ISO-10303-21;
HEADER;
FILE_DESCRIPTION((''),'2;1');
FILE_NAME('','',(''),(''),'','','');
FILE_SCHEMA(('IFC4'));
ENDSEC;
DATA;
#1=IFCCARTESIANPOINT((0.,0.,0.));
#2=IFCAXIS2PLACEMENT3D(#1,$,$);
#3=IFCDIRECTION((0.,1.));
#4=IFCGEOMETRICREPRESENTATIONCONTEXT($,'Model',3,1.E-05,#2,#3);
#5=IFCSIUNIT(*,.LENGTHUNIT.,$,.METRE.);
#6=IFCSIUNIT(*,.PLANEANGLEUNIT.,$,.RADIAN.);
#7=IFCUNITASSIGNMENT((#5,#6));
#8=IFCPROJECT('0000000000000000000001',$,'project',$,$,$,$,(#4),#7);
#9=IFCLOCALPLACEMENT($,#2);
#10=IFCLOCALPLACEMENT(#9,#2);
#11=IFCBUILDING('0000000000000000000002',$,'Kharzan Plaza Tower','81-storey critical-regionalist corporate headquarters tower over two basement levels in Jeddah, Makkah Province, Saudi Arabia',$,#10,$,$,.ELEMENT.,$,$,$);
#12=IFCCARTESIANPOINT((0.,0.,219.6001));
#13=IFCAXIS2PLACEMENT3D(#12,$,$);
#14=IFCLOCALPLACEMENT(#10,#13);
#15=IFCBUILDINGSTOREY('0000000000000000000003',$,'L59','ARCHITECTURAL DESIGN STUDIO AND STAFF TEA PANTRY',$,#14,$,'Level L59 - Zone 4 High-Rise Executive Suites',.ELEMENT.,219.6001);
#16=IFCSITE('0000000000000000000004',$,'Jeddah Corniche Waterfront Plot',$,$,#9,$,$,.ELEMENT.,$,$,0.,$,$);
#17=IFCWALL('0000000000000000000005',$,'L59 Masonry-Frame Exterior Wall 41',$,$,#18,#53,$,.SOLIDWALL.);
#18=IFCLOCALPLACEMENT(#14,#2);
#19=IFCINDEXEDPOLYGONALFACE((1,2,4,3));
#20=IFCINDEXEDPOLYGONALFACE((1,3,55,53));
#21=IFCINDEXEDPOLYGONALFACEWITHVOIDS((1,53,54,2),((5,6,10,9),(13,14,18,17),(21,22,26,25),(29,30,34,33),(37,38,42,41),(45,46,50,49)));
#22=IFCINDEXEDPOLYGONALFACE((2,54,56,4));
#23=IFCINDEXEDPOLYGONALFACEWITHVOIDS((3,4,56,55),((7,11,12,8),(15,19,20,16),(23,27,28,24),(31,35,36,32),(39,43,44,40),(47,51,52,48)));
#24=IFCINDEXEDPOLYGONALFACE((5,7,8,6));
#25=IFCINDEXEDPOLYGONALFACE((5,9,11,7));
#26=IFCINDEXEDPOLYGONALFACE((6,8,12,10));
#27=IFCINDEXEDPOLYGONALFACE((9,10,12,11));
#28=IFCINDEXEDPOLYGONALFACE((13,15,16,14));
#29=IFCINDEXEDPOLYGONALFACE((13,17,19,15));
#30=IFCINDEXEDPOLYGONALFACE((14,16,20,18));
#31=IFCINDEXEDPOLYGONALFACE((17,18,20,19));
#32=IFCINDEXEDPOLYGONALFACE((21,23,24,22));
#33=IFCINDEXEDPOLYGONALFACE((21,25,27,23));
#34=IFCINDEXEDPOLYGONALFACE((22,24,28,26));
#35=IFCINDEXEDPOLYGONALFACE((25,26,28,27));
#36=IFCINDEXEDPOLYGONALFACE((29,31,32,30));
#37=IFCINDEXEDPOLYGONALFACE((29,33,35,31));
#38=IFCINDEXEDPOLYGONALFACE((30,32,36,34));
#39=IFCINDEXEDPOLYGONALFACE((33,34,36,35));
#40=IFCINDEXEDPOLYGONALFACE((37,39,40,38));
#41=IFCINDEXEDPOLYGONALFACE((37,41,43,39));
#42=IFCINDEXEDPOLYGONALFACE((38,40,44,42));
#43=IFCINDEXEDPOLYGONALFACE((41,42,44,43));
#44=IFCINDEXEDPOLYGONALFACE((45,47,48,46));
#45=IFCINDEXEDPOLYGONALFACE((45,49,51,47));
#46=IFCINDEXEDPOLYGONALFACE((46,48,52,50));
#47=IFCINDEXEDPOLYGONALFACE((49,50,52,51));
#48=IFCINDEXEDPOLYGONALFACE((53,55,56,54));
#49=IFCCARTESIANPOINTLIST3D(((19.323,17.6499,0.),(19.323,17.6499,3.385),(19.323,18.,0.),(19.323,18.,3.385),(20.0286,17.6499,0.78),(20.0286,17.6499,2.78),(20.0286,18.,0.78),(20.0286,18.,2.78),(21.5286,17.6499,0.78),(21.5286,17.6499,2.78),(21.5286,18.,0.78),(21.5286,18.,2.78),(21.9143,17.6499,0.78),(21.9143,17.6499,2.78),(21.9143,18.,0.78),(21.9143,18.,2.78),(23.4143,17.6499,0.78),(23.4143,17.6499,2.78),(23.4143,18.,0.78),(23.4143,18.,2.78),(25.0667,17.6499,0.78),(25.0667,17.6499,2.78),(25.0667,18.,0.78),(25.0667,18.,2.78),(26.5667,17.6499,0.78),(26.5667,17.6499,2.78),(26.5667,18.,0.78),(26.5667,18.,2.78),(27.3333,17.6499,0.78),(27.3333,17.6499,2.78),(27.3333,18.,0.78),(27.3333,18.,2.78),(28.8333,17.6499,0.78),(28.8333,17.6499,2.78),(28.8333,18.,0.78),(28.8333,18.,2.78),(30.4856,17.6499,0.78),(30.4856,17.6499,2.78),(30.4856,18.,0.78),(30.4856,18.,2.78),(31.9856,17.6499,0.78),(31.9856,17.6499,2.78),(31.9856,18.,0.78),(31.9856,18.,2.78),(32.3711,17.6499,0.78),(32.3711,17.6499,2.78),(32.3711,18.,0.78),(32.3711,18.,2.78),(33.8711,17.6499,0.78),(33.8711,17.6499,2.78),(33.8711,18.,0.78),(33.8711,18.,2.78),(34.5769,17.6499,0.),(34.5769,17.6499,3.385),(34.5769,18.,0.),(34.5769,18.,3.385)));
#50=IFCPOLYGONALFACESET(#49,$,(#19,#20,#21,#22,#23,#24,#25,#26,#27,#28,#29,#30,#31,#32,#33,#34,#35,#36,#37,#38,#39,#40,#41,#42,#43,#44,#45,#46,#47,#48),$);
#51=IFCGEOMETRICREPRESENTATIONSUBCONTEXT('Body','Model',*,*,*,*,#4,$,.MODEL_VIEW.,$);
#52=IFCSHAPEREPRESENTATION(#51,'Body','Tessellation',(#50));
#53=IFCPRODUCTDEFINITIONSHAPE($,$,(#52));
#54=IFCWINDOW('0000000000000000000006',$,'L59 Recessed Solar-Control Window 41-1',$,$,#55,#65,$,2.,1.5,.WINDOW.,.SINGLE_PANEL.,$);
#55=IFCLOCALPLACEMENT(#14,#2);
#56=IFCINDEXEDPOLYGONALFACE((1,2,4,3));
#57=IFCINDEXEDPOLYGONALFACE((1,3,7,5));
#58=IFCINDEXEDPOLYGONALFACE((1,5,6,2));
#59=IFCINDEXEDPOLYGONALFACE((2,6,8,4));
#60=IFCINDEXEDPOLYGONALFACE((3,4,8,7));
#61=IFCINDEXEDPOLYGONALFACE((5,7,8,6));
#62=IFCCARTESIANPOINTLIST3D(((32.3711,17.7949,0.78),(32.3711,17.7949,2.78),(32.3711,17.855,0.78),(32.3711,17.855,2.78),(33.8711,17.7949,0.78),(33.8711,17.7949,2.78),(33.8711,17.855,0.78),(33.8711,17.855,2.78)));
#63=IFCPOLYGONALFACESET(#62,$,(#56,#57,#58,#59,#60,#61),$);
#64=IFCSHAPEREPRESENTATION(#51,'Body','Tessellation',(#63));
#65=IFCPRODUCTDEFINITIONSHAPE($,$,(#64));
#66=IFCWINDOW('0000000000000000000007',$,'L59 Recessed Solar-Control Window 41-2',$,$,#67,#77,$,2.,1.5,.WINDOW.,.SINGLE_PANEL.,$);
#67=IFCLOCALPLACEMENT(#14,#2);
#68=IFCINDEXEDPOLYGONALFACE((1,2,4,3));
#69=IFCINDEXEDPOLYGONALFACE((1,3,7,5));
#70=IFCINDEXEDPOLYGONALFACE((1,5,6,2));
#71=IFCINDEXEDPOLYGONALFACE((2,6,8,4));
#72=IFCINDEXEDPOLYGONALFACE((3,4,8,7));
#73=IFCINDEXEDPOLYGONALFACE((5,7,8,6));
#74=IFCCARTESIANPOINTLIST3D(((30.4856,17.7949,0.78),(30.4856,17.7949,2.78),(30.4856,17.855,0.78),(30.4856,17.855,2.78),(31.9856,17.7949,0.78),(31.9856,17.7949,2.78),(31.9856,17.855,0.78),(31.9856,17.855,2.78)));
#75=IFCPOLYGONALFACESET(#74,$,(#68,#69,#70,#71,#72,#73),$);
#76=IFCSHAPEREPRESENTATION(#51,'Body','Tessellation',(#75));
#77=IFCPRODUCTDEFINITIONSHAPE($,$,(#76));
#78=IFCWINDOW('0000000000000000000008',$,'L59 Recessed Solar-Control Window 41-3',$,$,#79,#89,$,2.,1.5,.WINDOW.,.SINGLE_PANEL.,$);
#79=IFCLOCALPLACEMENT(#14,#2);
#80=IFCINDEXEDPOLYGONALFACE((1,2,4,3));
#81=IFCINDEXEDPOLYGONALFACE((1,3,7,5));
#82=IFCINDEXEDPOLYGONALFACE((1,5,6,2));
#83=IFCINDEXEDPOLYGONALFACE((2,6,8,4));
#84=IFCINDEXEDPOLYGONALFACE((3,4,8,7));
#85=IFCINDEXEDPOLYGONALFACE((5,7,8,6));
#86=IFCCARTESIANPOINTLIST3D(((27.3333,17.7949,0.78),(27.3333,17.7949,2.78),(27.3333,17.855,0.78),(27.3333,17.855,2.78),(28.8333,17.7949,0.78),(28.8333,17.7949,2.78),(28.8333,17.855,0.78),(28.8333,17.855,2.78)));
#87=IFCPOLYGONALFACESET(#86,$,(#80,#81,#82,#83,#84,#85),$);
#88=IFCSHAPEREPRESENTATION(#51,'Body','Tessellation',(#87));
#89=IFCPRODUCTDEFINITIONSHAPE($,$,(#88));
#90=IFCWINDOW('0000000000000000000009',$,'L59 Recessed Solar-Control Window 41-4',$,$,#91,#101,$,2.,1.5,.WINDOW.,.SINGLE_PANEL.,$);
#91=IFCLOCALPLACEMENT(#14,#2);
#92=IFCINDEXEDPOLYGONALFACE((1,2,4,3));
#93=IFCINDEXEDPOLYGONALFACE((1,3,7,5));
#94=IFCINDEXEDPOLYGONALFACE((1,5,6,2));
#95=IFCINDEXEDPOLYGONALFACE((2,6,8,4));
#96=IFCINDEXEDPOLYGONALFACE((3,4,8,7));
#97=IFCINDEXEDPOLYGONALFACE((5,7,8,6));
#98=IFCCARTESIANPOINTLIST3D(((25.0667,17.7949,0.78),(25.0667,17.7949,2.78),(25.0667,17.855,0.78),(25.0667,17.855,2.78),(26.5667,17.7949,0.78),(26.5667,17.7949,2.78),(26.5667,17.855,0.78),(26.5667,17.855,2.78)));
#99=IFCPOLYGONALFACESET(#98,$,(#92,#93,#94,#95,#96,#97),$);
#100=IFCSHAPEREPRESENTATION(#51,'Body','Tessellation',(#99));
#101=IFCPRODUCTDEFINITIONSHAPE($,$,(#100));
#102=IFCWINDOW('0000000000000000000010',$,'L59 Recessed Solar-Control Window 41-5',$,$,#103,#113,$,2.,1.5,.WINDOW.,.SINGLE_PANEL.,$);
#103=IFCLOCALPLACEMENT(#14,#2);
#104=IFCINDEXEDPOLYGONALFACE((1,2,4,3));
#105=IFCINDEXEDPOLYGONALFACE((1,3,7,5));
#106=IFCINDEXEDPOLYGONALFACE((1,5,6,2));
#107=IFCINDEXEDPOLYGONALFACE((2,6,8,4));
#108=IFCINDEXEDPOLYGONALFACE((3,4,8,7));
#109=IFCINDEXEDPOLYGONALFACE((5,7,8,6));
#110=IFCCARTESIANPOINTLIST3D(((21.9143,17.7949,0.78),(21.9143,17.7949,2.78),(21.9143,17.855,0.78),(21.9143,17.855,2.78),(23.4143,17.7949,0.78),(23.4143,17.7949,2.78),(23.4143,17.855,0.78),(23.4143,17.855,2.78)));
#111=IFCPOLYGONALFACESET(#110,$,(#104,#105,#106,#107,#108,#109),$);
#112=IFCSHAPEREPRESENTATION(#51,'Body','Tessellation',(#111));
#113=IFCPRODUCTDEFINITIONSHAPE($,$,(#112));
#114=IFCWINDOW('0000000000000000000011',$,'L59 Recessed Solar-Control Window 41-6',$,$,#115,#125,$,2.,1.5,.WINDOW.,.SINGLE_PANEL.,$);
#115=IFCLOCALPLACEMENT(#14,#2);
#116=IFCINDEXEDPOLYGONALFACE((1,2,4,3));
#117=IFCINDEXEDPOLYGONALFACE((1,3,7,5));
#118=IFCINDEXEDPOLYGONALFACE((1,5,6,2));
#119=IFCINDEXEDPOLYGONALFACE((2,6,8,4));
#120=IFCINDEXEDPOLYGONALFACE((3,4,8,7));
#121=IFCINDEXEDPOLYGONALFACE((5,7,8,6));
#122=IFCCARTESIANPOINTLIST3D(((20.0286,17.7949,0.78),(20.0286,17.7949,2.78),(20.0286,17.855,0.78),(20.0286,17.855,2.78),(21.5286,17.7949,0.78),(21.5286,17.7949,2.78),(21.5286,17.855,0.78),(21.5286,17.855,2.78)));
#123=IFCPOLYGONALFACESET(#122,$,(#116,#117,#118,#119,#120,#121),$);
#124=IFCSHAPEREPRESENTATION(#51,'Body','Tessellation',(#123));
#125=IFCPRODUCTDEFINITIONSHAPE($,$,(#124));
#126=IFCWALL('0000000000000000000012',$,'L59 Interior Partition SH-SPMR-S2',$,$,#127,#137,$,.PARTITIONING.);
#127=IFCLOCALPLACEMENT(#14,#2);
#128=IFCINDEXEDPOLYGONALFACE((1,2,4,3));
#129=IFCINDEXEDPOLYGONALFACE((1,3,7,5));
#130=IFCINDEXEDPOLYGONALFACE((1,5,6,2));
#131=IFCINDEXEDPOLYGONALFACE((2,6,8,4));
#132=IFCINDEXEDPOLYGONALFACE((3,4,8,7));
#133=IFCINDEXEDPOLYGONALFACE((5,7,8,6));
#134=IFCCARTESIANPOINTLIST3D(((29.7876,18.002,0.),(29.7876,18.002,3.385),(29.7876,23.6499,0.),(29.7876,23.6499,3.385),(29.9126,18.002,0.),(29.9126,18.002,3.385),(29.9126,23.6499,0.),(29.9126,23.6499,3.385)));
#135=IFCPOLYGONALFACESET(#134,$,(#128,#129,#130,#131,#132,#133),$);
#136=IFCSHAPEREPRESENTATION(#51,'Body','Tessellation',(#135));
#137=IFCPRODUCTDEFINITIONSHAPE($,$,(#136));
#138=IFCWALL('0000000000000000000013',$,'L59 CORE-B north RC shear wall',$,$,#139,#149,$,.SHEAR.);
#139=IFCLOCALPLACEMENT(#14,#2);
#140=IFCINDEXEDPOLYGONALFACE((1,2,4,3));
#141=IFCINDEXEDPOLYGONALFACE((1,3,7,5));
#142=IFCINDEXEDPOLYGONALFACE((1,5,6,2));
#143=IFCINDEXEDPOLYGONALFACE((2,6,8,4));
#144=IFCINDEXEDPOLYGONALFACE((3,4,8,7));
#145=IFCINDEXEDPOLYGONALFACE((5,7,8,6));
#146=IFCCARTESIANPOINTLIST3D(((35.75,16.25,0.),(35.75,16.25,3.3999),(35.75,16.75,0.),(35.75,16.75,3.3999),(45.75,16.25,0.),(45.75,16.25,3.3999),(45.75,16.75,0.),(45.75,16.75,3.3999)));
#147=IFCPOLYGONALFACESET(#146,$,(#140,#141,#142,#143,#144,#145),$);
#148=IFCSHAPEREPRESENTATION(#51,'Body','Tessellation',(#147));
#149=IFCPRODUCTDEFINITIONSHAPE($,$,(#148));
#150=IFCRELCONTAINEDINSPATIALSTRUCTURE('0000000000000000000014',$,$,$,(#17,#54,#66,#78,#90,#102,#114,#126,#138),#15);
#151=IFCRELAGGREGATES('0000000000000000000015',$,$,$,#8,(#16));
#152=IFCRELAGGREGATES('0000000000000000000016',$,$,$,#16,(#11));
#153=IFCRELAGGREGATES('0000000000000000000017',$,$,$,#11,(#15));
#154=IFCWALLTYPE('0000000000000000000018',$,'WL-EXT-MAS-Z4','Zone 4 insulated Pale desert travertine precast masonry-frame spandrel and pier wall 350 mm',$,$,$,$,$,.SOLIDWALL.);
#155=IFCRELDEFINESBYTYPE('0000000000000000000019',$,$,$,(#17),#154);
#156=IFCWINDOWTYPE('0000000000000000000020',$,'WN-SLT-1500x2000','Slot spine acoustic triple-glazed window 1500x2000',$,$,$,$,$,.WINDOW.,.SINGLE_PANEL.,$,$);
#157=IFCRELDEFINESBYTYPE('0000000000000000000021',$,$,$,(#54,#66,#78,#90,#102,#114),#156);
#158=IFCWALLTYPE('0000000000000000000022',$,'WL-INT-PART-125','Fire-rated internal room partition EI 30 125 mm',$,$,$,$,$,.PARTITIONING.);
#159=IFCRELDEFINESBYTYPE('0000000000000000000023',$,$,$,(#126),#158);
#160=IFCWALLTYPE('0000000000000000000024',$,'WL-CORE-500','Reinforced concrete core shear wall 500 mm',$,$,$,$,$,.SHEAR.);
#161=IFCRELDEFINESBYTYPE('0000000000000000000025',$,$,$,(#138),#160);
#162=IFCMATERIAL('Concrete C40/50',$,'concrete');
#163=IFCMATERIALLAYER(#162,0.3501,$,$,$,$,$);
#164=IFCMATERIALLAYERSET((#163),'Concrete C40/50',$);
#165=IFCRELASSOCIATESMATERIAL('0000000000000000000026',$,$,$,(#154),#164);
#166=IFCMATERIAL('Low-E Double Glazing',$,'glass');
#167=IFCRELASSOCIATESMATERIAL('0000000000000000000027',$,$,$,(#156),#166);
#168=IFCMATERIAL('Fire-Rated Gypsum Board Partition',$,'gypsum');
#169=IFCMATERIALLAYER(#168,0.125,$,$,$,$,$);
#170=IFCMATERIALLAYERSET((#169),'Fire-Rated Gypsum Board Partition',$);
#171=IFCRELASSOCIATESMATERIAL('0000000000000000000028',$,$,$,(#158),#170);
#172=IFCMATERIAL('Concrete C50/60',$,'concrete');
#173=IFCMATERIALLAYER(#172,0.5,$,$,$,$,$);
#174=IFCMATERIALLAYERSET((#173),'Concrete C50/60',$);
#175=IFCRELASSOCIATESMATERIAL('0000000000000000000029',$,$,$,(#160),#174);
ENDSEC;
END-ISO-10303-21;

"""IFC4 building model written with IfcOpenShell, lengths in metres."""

from ifc_helpers import new_model, si_unit, direction, frame, frame_2d, origin, place, context, subcontext, project, spatial, rectangle, extrude, source, transform, mapped, material, layer, layer_set, type_object, element, fill, save


model = new_model("IFC4")

# Units and contexts
model_context = context("Model", 3, precision=1e-05, world=origin(), true_north=direction((0.0, 1.0)))
body_context = subcontext(model_context, "Body", "Model", "MODEL_VIEW")
ifc_project = project(units=[si_unit("LENGTHUNIT", "METRE"), si_unit("PLANEANGLEUNIT", "RADIAN")], contexts=[model_context])

# Site, building, storey
site_placement = place(None, origin())
site = spatial("IfcSite", under=ifc_project, at=site_placement, Name="Jeddah Corniche Waterfront Plot", CompositionType="ELEMENT", RefElevation=0.0)
building_placement = place(site_placement, origin())
building = spatial("IfcBuilding", under=site, at=building_placement, Name="Kharzan Plaza Tower", Description="81-storey critical-regionalist corporate headquarters tower over two basement levels in Jeddah, Makkah Province, Saudi Arabia", CompositionType="ELEMENT")
storey_placement = place(building_placement, frame((0.0, 0.0, 219.6001)))
storey = spatial("IfcBuildingStorey", under=building, at=storey_placement, Name="L59", Description="ARCHITECTURAL DESIGN STUDIO AND STAFF TEA PANTRY", LongName="Level L59 - Zone 4 High-Rise Executive Suites", CompositionType="ELEMENT", Elevation=219.6001)

# Shared definitions
ifc_material_1 = material(Name="Concrete C50/60", Category="concrete")

# Wall, openings, windows
ifc_material_2 = material(Name="Concrete C40/50", Category="concrete")
ifc_layer_1 = layer(ifc_material_2, 0.3501)
ifc_layer_set_1 = layer_set([ifc_layer_1], Name="Concrete C40/50")
wall_type_1 = type_object("IfcWallType", Name="WL-EXT-MAS-Z4", Description="Zone 4 insulated Pale desert travertine precast masonry-frame spandrel and pier wall 350 mm", PredefinedType="SOLIDWALL", material=ifc_layer_set_1)
wall_1_placement = place(storey_placement, frame((34.5769, 17.825, 0.0), z_axis=(0.0, 0.0, 1.0), x_axis=(-1.0, 0.0, 0.0)))
wall_1 = element("IfcWall", 1, at=wall_1_placement, inside=storey, type_object=wall_type_1, Name="L59 Masonry-Frame Exterior Wall 41", PredefinedType="SOLIDWALL", context=body_context, shape_type="SweptSolid", body=[
    extrude(rectangle(XDim=15.2539, YDim=0.3501, at=frame_2d((7.627, 0.0))), origin(), (0.0, 0.0, 1.0), 3.385),
])
opening_1_placement = place(wall_1_placement, frame((0.7058, 0.0, 0.78)))
opening_1 = element("IfcOpeningElement", 2, at=opening_1_placement, cuts=wall_1, PredefinedType="OPENING", context=body_context, shape_type="SweptSolid", body=[
    extrude(rectangle(XDim=1.5, YDim=2.0, at=frame_2d((0.75, 1.0))), frame((0.0, 0.1851, 0.0), z_axis=(0.0, -1.0, 0.0), x_axis=(1.0, 0.0, 0.0)), (0.0, 0.0, 1.0), 0.3701),
])
opening_2_placement = place(wall_1_placement, frame((2.5913, 0.0, 0.78)))
opening_2 = element("IfcOpeningElement", 3, at=opening_2_placement, cuts=wall_1, PredefinedType="OPENING", context=body_context, shape_type="SweptSolid", body=[
    extrude(rectangle(XDim=1.5, YDim=2.0, at=frame_2d((0.75, 1.0))), frame((0.0, 0.1851, 0.0), z_axis=(0.0, -1.0, 0.0), x_axis=(1.0, 0.0, 0.0)), (0.0, 0.0, 1.0), 0.3701),
])
opening_3_placement = place(wall_1_placement, frame((5.7437, 0.0, 0.78)))
opening_3 = element("IfcOpeningElement", 4, at=opening_3_placement, cuts=wall_1, PredefinedType="OPENING", context=body_context, shape_type="SweptSolid", body=[
    extrude(rectangle(XDim=1.5, YDim=2.0, at=frame_2d((0.75, 1.0))), frame((0.0, 0.1851, 0.0), z_axis=(0.0, -1.0, 0.0), x_axis=(1.0, 0.0, 0.0)), (0.0, 0.0, 1.0), 0.3701),
])
opening_4_placement = place(wall_1_placement, frame((8.0103, 0.0, 0.78)))
opening_4 = element("IfcOpeningElement", 5, at=opening_4_placement, cuts=wall_1, PredefinedType="OPENING", context=body_context, shape_type="SweptSolid", body=[
    extrude(rectangle(XDim=1.5, YDim=2.0, at=frame_2d((0.75, 1.0))), frame((0.0, 0.1851, 0.0), z_axis=(0.0, -1.0, 0.0), x_axis=(1.0, 0.0, 0.0)), (0.0, 0.0, 1.0), 0.3701),
])
opening_5_placement = place(wall_1_placement, frame((11.1626, 0.0, 0.78)))
opening_5 = element("IfcOpeningElement", 6, at=opening_5_placement, cuts=wall_1, PredefinedType="OPENING", context=body_context, shape_type="SweptSolid", body=[
    extrude(rectangle(XDim=1.5, YDim=2.0, at=frame_2d((0.75, 1.0))), frame((0.0, 0.1851, 0.0), z_axis=(0.0, -1.0, 0.0), x_axis=(1.0, 0.0, 0.0)), (0.0, 0.0, 1.0), 0.3701),
])
opening_6_placement = place(wall_1_placement, frame((13.0483, 0.0, 0.78)))
opening_6 = element("IfcOpeningElement", 7, at=opening_6_placement, cuts=wall_1, PredefinedType="OPENING", context=body_context, shape_type="SweptSolid", body=[
    extrude(rectangle(XDim=1.5, YDim=2.0, at=frame_2d((0.75, 1.0))), frame((0.0, 0.1851, 0.0), z_axis=(0.0, -1.0, 0.0), x_axis=(1.0, 0.0, 0.0)), (0.0, 0.0, 1.0), 0.3701),
])
ifc_material_3 = material(Name="Low-E Double Glazing", Category="glass")
window_type = type_object("IfcWindowType", Name="WN-SLT-1500x2000", Description="Slot spine acoustic triple-glazed window 1500x2000", PartitioningType="SINGLE_PANEL", PredefinedType="WINDOW", material=ifc_material_3)
shared_shape_1 = source(origin(), body_context, "Body", "SweptSolid", [
    extrude(rectangle(XDim=1.5, YDim=2.0, at=frame_2d((0.75, 1.0))), frame((0.0, 0.03, 0.0), z_axis=(0.0, -1.0, 0.0), x_axis=(1.0, 0.0, 0.0)), (0.0, 0.0, 1.0), 0.0601),
])
window_1_placement = place(opening_1_placement, origin())
window_1 = element("IfcWindow", 8, at=window_1_placement, inside=storey, type_object=window_type, Name="L59 Recessed Solar-Control Window 41-1", OverallHeight=2.0, OverallWidth=1.5, PartitioningType="SINGLE_PANEL", PredefinedType="WINDOW", context=body_context, shape_type="MappedRepresentation", body=[
    mapped(shared_shape_1, transform((0.0, 0.0, 0.0), x_axis=(1.0, 0.0, 0.0), y_axis=(0.0, 1.0, 0.0), z_axis=(0.0, 0.0, 1.0))),
])
fill(opening_1, window_1)
window_2_placement = place(opening_2_placement, origin())
window_2 = element("IfcWindow", 9, at=window_2_placement, inside=storey, type_object=window_type, Name="L59 Recessed Solar-Control Window 41-2", OverallHeight=2.0, OverallWidth=1.5, PartitioningType="SINGLE_PANEL", PredefinedType="WINDOW", context=body_context, shape_type="MappedRepresentation", body=[
    mapped(shared_shape_1, transform((0.0, 0.0, 0.0), x_axis=(1.0, 0.0, 0.0), y_axis=(0.0, 1.0, 0.0), z_axis=(0.0, 0.0, 1.0))),
])
fill(opening_2, window_2)
window_3_placement = place(opening_3_placement, origin())
window_3 = element("IfcWindow", 10, at=window_3_placement, inside=storey, type_object=window_type, Name="L59 Recessed Solar-Control Window 41-3", OverallHeight=2.0, OverallWidth=1.5, PartitioningType="SINGLE_PANEL", PredefinedType="WINDOW", context=body_context, shape_type="MappedRepresentation", body=[
    mapped(shared_shape_1, transform((0.0, 0.0, 0.0), x_axis=(1.0, 0.0, 0.0), y_axis=(0.0, 1.0, 0.0), z_axis=(0.0, 0.0, 1.0))),
])
fill(opening_3, window_3)
window_4_placement = place(opening_4_placement, origin())
window_4 = element("IfcWindow", 11, at=window_4_placement, inside=storey, type_object=window_type, Name="L59 Recessed Solar-Control Window 41-4", OverallHeight=2.0, OverallWidth=1.5, PartitioningType="SINGLE_PANEL", PredefinedType="WINDOW", context=body_context, shape_type="MappedRepresentation", body=[
    mapped(shared_shape_1, transform((0.0, 0.0, 0.0), x_axis=(1.0, 0.0, 0.0), y_axis=(0.0, 1.0, 0.0), z_axis=(0.0, 0.0, 1.0))),
])
fill(opening_4, window_4)
window_5_placement = place(opening_5_placement, origin())
window_5 = element("IfcWindow", 12, at=window_5_placement, inside=storey, type_object=window_type, Name="L59 Recessed Solar-Control Window 41-5", OverallHeight=2.0, OverallWidth=1.5, PartitioningType="SINGLE_PANEL", PredefinedType="WINDOW", context=body_context, shape_type="MappedRepresentation", body=[
    mapped(shared_shape_1, transform((0.0, 0.0, 0.0), x_axis=(1.0, 0.0, 0.0), y_axis=(0.0, 1.0, 0.0), z_axis=(0.0, 0.0, 1.0))),
])
fill(opening_5, window_5)
window_6_placement = place(opening_6_placement, origin())
window_6 = element("IfcWindow", 13, at=window_6_placement, inside=storey, type_object=window_type, Name="L59 Recessed Solar-Control Window 41-6", OverallHeight=2.0, OverallWidth=1.5, PartitioningType="SINGLE_PANEL", PredefinedType="WINDOW", context=body_context, shape_type="MappedRepresentation", body=[
    mapped(shared_shape_1, transform((0.0, 0.0, 0.0), x_axis=(1.0, 0.0, 0.0), y_axis=(0.0, 1.0, 0.0), z_axis=(0.0, 0.0, 1.0))),
])
fill(opening_6, window_6)

# Walls
ifc_material_4 = material(Name="Fire-Rated Gypsum Board Partition", Category="gypsum")
ifc_layer_2 = layer(ifc_material_4, 0.125)
ifc_layer_set_2 = layer_set([ifc_layer_2], Name="Fire-Rated Gypsum Board Partition")
wall_type_2 = type_object("IfcWallType", Name="WL-INT-PART-125", Description="Fire-rated internal room partition EI 30 125 mm", PredefinedType="PARTITIONING", material=ifc_layer_set_2)
shared_shape_2 = source(origin(), body_context, "Body", "SweptSolid", [
    extrude(rectangle(XDim=5.6479, YDim=0.125, at=frame_2d((2.824, 0.0))), origin(), (0.0, 0.0, 1.0), 3.385),
])
wall_2_placement = place(storey_placement, frame((29.8501, 18.002, 0.0), z_axis=(0.0, 0.0, 1.0), x_axis=(0.0, 1.0, 0.0)))
element("IfcWall", 14, at=wall_2_placement, inside=storey, type_object=wall_type_2, Name="L59 Interior Partition SH-SPMR-S2", PredefinedType="PARTITIONING", context=body_context, shape_type="MappedRepresentation", body=[
    mapped(shared_shape_2, transform((0.0, 0.0, 0.0), x_axis=(1.0, 0.0, 0.0), y_axis=(0.0, 1.0, 0.0), z_axis=(0.0, 0.0, 1.0))),
])
ifc_layer_3 = layer(ifc_material_1, 0.5)
ifc_layer_set_3 = layer_set([ifc_layer_3], Name="Concrete C50/60")
wall_type_3 = type_object("IfcWallType", Name="WL-CORE-500", Description="Reinforced concrete core shear wall 500 mm", PredefinedType="SHEAR", material=ifc_layer_set_3)
shared_shape_3 = source(origin(), body_context, "Body", "SweptSolid", [
    extrude(rectangle(XDim=10.0, YDim=0.5, at=frame_2d((5.0, 0.0))), origin(), (0.0, 0.0, 1.0), 3.3999),
])
wall_3_placement = place(storey_placement, frame((35.75, 16.5, 0.0), z_axis=(0.0, 0.0, 1.0), x_axis=(1.0, 0.0, 0.0)))
element("IfcWall", 15, at=wall_3_placement, inside=storey, type_object=wall_type_3, Name="L59 CORE-B north RC shear wall", PredefinedType="SHEAR", context=body_context, shape_type="MappedRepresentation", body=[
    mapped(shared_shape_3, transform((0.0, 0.0, 0.0), x_axis=(1.0, 0.0, 0.0), y_axis=(0.0, 1.0, 0.0), z_axis=(0.0, 0.0, 1.0))),
])

save(model, "model.ifc")
